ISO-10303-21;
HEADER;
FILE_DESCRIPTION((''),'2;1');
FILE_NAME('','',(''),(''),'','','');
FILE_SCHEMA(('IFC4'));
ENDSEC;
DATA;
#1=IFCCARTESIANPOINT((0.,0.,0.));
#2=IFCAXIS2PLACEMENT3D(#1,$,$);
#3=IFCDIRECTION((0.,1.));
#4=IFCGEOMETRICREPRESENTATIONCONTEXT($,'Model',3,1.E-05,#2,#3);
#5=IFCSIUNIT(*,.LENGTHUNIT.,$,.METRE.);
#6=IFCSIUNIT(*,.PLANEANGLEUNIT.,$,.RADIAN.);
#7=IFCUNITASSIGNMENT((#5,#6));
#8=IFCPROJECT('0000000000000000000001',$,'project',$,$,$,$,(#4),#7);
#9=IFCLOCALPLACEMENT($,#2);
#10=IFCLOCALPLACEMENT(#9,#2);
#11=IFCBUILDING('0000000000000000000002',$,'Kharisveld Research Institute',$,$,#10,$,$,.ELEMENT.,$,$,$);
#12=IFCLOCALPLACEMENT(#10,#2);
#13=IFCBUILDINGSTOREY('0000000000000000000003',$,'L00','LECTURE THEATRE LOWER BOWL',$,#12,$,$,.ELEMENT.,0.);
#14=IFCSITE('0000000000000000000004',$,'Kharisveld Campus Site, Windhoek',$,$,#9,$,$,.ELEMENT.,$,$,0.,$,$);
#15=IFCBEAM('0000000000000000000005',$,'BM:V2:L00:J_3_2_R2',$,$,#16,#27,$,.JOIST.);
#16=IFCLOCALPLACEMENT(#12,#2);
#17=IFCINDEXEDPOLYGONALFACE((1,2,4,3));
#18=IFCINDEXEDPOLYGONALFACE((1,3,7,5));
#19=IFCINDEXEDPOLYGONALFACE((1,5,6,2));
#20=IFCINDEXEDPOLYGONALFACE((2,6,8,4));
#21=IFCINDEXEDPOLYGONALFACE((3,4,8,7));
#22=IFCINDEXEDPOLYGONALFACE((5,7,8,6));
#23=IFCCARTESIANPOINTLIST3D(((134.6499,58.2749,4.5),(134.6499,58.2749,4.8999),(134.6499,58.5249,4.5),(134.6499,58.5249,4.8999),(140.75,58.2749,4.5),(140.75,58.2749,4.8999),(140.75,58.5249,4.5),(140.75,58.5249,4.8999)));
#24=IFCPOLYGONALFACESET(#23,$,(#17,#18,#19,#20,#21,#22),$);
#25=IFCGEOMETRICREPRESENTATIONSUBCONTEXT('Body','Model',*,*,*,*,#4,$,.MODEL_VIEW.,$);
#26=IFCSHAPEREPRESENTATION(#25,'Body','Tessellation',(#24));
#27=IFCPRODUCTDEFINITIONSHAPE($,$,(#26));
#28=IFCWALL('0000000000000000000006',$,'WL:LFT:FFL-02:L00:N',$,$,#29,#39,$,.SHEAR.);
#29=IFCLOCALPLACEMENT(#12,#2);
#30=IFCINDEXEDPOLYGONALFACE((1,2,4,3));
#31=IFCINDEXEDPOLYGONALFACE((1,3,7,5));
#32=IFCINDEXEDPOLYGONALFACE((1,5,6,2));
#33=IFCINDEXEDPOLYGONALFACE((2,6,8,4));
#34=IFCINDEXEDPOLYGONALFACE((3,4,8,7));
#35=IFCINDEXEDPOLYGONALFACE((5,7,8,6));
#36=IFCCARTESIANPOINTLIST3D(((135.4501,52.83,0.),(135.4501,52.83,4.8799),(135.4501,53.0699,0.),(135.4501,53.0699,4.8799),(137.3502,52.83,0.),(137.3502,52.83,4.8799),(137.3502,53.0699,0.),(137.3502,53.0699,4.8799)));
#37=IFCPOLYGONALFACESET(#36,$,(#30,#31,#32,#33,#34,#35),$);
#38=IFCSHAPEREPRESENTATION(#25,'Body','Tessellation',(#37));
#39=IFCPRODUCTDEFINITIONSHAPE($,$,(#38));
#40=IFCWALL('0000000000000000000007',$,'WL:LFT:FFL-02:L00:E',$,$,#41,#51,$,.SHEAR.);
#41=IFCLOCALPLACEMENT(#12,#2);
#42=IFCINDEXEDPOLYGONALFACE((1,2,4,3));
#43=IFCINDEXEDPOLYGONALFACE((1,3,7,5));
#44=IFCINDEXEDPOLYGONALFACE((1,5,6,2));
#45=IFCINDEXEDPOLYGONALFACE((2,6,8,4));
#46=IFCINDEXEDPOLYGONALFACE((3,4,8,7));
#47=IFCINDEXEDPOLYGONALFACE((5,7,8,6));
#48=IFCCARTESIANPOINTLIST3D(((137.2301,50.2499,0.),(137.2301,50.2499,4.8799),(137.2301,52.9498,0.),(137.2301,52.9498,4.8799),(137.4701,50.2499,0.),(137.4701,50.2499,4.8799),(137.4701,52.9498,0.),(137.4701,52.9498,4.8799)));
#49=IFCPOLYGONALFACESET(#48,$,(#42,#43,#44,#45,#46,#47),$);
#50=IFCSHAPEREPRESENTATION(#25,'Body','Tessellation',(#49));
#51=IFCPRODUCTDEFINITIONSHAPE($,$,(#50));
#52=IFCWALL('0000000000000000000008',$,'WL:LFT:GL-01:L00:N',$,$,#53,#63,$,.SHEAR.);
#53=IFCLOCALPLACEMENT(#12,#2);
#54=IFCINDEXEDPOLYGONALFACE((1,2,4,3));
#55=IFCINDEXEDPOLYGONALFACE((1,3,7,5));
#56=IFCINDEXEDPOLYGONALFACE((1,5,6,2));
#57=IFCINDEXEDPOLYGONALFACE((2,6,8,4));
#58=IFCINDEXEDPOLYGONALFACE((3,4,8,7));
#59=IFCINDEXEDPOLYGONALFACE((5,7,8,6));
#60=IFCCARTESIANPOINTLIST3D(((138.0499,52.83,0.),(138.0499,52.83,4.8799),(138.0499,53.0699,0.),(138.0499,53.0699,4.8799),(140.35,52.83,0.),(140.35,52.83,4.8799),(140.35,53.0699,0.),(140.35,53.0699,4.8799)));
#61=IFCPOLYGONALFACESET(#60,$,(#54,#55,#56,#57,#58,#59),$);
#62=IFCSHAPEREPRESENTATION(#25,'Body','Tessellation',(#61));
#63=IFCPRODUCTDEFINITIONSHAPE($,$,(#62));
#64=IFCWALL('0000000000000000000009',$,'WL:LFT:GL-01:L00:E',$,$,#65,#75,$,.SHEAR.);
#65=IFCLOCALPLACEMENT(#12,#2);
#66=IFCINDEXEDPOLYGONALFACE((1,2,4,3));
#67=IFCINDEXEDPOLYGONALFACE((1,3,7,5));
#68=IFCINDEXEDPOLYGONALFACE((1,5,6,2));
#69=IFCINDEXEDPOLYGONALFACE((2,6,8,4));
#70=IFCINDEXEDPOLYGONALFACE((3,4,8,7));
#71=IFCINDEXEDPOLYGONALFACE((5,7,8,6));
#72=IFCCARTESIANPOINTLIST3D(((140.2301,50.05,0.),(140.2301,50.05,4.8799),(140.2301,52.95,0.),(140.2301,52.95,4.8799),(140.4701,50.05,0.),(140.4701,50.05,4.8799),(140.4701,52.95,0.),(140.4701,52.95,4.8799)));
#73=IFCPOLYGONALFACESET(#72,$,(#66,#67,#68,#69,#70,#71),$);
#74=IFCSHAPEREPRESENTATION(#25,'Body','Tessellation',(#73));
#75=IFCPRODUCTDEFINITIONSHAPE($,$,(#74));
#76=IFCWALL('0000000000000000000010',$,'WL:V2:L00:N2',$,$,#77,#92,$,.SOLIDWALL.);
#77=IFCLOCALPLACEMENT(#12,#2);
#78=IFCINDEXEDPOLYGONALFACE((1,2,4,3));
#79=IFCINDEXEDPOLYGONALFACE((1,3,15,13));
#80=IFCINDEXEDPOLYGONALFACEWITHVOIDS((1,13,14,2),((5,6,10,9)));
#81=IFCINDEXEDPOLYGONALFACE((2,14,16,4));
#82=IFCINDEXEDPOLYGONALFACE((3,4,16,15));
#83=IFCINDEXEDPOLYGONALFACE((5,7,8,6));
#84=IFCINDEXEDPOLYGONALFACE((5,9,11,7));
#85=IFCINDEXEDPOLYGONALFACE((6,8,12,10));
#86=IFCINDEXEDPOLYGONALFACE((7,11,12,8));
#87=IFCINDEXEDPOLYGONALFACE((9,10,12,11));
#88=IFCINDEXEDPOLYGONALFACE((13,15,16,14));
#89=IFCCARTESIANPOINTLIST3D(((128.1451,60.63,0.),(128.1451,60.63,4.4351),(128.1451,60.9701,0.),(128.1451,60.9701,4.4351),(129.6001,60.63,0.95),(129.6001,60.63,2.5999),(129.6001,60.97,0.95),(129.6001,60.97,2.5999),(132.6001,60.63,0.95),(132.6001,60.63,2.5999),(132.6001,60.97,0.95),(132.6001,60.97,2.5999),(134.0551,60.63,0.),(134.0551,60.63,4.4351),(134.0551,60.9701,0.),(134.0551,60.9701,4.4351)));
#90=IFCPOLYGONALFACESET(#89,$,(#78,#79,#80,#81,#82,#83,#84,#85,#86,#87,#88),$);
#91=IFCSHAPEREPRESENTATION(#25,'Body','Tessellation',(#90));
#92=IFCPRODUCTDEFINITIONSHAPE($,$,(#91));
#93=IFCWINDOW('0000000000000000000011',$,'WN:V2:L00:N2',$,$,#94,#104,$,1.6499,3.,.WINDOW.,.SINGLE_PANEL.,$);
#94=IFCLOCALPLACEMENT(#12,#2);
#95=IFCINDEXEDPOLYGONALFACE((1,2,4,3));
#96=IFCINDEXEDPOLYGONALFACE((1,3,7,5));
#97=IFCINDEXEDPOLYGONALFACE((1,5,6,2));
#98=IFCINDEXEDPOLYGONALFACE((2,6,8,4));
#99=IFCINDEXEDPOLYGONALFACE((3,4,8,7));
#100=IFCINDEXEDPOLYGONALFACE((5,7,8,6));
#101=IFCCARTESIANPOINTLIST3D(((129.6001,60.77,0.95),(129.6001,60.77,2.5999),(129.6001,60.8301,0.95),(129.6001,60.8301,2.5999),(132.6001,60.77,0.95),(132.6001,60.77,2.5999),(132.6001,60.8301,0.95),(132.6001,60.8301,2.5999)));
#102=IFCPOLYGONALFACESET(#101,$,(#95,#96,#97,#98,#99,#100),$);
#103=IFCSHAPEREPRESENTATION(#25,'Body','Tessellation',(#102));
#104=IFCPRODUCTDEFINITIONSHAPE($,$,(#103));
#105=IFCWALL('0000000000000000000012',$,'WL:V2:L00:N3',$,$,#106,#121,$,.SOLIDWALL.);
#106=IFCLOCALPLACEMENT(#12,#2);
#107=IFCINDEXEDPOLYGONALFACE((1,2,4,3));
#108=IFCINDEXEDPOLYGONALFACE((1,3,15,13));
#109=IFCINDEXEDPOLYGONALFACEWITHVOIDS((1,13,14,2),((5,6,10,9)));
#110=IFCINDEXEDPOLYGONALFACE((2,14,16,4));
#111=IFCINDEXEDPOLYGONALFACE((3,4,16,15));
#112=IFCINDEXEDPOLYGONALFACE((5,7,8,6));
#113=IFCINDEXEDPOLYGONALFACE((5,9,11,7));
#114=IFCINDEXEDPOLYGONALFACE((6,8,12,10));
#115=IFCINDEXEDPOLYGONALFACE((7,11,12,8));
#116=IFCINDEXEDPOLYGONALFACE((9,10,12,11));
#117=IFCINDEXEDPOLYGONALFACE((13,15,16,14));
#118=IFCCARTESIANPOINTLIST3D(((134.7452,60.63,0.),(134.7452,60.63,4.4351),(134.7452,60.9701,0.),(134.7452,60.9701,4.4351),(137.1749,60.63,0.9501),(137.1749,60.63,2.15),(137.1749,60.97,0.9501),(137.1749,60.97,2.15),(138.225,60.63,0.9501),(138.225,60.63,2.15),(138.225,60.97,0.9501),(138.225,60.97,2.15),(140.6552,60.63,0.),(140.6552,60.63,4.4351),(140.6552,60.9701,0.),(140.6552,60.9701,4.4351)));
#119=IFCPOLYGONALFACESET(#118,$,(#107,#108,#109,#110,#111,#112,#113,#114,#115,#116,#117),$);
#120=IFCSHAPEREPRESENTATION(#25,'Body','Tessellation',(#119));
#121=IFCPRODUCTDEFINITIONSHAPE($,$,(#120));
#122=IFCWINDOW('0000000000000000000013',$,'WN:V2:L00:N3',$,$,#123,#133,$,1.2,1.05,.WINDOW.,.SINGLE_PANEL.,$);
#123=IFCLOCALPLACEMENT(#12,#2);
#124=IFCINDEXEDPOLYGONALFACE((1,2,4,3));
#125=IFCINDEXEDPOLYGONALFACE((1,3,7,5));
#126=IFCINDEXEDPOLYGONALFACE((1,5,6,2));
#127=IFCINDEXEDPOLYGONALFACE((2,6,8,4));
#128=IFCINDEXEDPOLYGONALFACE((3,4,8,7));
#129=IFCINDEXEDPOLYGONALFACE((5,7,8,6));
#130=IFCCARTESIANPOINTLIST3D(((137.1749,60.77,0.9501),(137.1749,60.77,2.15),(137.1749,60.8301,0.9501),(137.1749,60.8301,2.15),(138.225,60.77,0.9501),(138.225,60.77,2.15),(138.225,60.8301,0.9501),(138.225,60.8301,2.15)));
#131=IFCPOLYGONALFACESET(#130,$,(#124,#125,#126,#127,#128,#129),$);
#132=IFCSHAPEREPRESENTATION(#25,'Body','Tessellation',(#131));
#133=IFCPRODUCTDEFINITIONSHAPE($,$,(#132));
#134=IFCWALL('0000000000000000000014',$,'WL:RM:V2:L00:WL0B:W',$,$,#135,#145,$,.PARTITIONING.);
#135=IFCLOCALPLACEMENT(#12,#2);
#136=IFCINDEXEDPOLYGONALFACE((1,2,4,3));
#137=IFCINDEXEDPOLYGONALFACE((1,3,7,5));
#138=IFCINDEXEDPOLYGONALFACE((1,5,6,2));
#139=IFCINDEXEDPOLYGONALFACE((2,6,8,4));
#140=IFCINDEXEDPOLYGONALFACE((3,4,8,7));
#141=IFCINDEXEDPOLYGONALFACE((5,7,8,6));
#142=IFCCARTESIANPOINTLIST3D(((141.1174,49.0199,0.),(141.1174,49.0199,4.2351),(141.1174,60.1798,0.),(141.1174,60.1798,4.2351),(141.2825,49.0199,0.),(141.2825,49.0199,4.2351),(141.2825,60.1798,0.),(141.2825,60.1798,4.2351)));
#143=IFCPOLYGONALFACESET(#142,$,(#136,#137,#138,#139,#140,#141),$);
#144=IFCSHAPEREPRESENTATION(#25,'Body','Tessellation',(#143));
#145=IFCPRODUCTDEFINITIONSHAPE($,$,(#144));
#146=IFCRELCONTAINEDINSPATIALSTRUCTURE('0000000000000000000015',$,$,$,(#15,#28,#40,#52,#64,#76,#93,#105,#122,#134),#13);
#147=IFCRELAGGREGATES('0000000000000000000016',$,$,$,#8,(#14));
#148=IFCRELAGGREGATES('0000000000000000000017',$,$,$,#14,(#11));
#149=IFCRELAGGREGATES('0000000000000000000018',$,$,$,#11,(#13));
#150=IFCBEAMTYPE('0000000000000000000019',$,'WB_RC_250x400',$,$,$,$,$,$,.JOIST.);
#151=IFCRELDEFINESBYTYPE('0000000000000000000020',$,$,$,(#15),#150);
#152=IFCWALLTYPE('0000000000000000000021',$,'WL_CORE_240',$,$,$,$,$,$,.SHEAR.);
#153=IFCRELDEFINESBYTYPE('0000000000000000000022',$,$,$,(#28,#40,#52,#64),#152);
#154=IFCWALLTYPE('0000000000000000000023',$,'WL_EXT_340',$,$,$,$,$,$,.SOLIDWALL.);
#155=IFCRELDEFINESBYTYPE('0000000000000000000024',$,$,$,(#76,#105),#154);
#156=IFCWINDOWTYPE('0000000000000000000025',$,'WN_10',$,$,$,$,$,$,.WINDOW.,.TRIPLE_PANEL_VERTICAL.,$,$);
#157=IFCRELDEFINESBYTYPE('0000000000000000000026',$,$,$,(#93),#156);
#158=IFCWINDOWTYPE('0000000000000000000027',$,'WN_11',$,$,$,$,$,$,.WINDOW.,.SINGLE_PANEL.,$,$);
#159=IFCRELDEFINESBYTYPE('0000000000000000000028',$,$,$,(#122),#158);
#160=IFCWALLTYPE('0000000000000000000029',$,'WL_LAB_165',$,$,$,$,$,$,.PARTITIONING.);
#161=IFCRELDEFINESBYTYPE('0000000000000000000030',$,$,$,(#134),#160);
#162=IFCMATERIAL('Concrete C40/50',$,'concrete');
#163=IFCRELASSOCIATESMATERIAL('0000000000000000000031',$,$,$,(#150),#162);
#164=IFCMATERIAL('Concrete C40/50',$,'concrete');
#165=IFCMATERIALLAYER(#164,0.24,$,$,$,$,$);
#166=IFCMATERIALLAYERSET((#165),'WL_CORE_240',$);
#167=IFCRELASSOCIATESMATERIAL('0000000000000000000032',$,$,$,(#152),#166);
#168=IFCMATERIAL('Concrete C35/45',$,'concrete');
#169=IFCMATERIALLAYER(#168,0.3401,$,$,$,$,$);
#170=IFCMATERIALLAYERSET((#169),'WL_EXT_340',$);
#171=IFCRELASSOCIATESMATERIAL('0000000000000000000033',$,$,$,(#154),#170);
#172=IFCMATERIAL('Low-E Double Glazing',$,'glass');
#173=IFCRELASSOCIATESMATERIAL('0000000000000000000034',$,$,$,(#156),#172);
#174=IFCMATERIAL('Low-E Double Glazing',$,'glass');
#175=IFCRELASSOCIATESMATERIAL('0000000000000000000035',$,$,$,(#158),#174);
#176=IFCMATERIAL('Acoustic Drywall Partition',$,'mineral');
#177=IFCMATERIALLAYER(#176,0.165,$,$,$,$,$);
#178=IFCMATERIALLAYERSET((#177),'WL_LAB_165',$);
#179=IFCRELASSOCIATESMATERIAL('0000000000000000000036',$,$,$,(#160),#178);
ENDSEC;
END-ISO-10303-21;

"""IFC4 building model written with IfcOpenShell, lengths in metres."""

from ifc_helpers import new_model, si_unit, direction, frame, frame_2d, origin, origin_2d, place, context, subcontext, project, spatial, rectangle, extrude, material, layer, layer_set, material_profile, profile_set, type_object, element, fill, save


model = new_model("IFC4")

# Units and contexts
model_context = context("Model", 3, precision=1e-05, world=origin(), true_north=direction((0.0, 1.0)))
body_context = subcontext(model_context, "Body", "Model", "MODEL_VIEW")
ifc_project = project(units=[si_unit("LENGTHUNIT", "METRE"), si_unit("PLANEANGLEUNIT", "RADIAN")], contexts=[model_context])

# Site, building, storey
site_placement = place(None, origin())
site = spatial("IfcSite", under=ifc_project, at=site_placement, Name="Kharisveld Campus Site, Windhoek", CompositionType="ELEMENT", RefElevation=0.0)
building_placement = place(site_placement, origin())
building = spatial("IfcBuilding", under=site, at=building_placement, Name="Kharisveld Research Institute", CompositionType="ELEMENT")
storey_placement = place(building_placement, origin())
storey = spatial("IfcBuildingStorey", under=building, at=storey_placement, Name="L00", Description="LECTURE THEATRE LOWER BOWL", CompositionType="ELEMENT", Elevation=0.0)

# Beam
ifc_material_1 = material(Name="Concrete C40/50", Category="concrete")
ifc_material_profile_1 = material_profile(ifc_material_1, rectangle(XDim=0.25, YDim=0.3999, at=origin_2d()))
ifc_profile_set_1 = profile_set([ifc_material_profile_1], Name="Concrete C40/50")
beam_type_1 = type_object("IfcBeamType", Name="WB_RC_250x400", PredefinedType="JOIST", material=ifc_profile_set_1)
for number, where, z_axis, x_axis, name in (
    (1, (134.6499, 58.3999, 4.7), (1.0, 0.0, 0.0), (0.0, 1.0, 0.0), "BM:V2:L00:J_3_2_R2"),
):
    element("IfcBeam", number, at=place(storey_placement, frame(where, z_axis=z_axis, x_axis=x_axis)), inside=storey, type_object=beam_type_1, Name=name, PredefinedType="JOIST", context=body_context, shape_type="SweptSolid", body=[
        extrude(rectangle(XDim=0.25, YDim=0.3999, at=origin_2d()), origin(), (0.0, 0.0, 1.0), 6.1001),
    ])

# Walls
ifc_material_2 = material(Name="Concrete C40/50", Category="concrete")
ifc_layer_1 = layer(ifc_material_2, 0.24)
ifc_layer_set_1 = layer_set([ifc_layer_1], Name="WL_CORE_240")
wall_type_1 = type_object("IfcWallType", Name="WL_CORE_240", PredefinedType="SHEAR", material=ifc_layer_set_1)
wall_1_placement = place(storey_placement, frame((135.45, 52.95, 0.0), z_axis=(0.0, 0.0, 1.0), x_axis=(1.0, 0.0, 0.0)))
element("IfcWall", 2, at=wall_1_placement, inside=storey, type_object=wall_type_1, Name="WL:LFT:FFL-02:L00:N", PredefinedType="SHEAR", context=body_context, shape_type="SweptSolid", body=[
    extrude(rectangle(XDim=1.9001, YDim=0.24, at=frame_2d((0.9502, 0.0))), origin(), (0.0, 0.0, 1.0), 4.8799),
])
wall_2_placement = place(storey_placement, frame((137.3501, 52.95, 0.0), z_axis=(0.0, 0.0, 1.0), x_axis=(0.0, -1.0, 0.0)))
element("IfcWall", 3, at=wall_2_placement, inside=storey, type_object=wall_type_1, Name="WL:LFT:FFL-02:L00:E", PredefinedType="SHEAR", context=body_context, shape_type="SweptSolid", body=[
    extrude(rectangle(XDim=2.7, YDim=0.24, at=frame_2d((1.3501, 0.0))), origin(), (0.0, 0.0, 1.0), 4.8799),
])
wall_3_placement = place(storey_placement, frame((138.05, 52.95, 0.0), z_axis=(0.0, 0.0, 1.0), x_axis=(1.0, 0.0, 0.0)))
element("IfcWall", 4, at=wall_3_placement, inside=storey, type_object=wall_type_1, Name="WL:LFT:GL-01:L00:N", PredefinedType="SHEAR", context=body_context, shape_type="SweptSolid", body=[
    extrude(rectangle(XDim=2.3, YDim=0.24, at=frame_2d((1.1499, 0.0))), origin(), (0.0, 0.0, 1.0), 4.8799),
])
wall_4_placement = place(storey_placement, frame((140.3501, 52.95, 0.0), z_axis=(0.0, 0.0, 1.0), x_axis=(0.0, -1.0, 0.0)))
element("IfcWall", 5, at=wall_4_placement, inside=storey, type_object=wall_type_1, Name="WL:LFT:GL-01:L00:E", PredefinedType="SHEAR", context=body_context, shape_type="SweptSolid", body=[
    extrude(rectangle(XDim=2.8999, YDim=0.24, at=frame_2d((1.45, 0.0))), origin(), (0.0, 0.0, 1.0), 4.8799),
])

# Walls, openings, windows
ifc_material_3 = material(Name="Concrete C35/45", Category="concrete")
ifc_layer_2 = layer(ifc_material_3, 0.3401)
ifc_layer_set_2 = layer_set([ifc_layer_2], Name="WL_EXT_340")
wall_type_2 = type_object("IfcWallType", Name="WL_EXT_340", PredefinedType="SOLIDWALL", material=ifc_layer_set_2)
wall_5_placement = place(storey_placement, frame((128.145, 60.8, 0.0), z_axis=(0.0, 0.0, 1.0), x_axis=(1.0, 0.0, 0.0)))
wall_5 = element("IfcWall", 6, at=wall_5_placement, inside=storey, type_object=wall_type_2, Name="WL:V2:L00:N2", PredefinedType="SOLIDWALL", context=body_context, shape_type="SweptSolid", body=[
    extrude(rectangle(XDim=5.9099, YDim=0.3401, at=frame_2d((2.9551, 0.0))), origin(), (0.0, 0.0, 1.0), 4.4351),
])
opening_1_placement = place(wall_5_placement, frame((1.4551, 0.0, 0.95)))
opening_1 = element("IfcOpeningElement", 7, at=opening_1_placement, cuts=wall_5, PredefinedType="OPENING", context=body_context, shape_type="SweptSolid", body=[
    extrude(rectangle(XDim=3.0, YDim=1.6499, at=frame_2d((1.5, 0.825))), frame((0.0, 0.1699, 0.0), z_axis=(0.0, -1.0, 0.0), x_axis=(1.0, 0.0, 0.0)), (0.0, 0.0, 1.0), 0.3401),
])
ifc_material_4 = material(Name="Low-E Double Glazing", Category="glass")
window_type_1 = type_object("IfcWindowType", Name="WN_10", PartitioningType="TRIPLE_PANEL_VERTICAL", PredefinedType="WINDOW", material=ifc_material_4)
window_1_placement = place(opening_1_placement, origin())
window_1 = element("IfcWindow", 8, at=window_1_placement, inside=storey, type_object=window_type_1, Name="WN:V2:L00:N2", OverallHeight=1.6499, OverallWidth=3.0, PartitioningType="SINGLE_PANEL", PredefinedType="WINDOW", context=body_context, shape_type="SweptSolid", body=[
    extrude(rectangle(XDim=3.0, YDim=1.6499, at=frame_2d((1.5, 0.825))), frame((0.0, 0.03, 0.0), z_axis=(0.0, -1.0, 0.0), x_axis=(1.0, 0.0, 0.0)), (0.0, 0.0, 1.0), 0.0601),
])
fill(opening_1, window_1)
wall_6_placement = place(storey_placement, frame((134.7451, 60.8, 0.0), z_axis=(0.0, 0.0, 1.0), x_axis=(1.0, 0.0, 0.0)))
wall_6 = element("IfcWall", 9, at=wall_6_placement, inside=storey, type_object=wall_type_2, Name="WL:V2:L00:N3", PredefinedType="SOLIDWALL", context=body_context, shape_type="SweptSolid", body=[
    extrude(rectangle(XDim=5.9099, YDim=0.3401, at=frame_2d((2.9551, 0.0))), origin(), (0.0, 0.0, 1.0), 4.4351),
])
opening_2_placement = place(wall_6_placement, frame((2.4299, 0.0, 0.95)))
opening_2 = element("IfcOpeningElement", 10, at=opening_2_placement, cuts=wall_6, PredefinedType="OPENING", context=body_context, shape_type="SweptSolid", body=[
    extrude(rectangle(XDim=1.05, YDim=1.2, at=frame_2d((0.5249, 0.6001))), frame((0.0, 0.1699, 0.0), z_axis=(0.0, -1.0, 0.0), x_axis=(1.0, 0.0, 0.0)), (0.0, 0.0, 1.0), 0.3401),
])
ifc_material_5 = material(Name="Low-E Double Glazing", Category="glass")
window_type_2 = type_object("IfcWindowType", Name="WN_11", PartitioningType="SINGLE_PANEL", PredefinedType="WINDOW", material=ifc_material_5)
window_2_placement = place(opening_2_placement, origin())
window_2 = element("IfcWindow", 11, at=window_2_placement, inside=storey, type_object=window_type_2, Name="WN:V2:L00:N3", OverallHeight=1.2, OverallWidth=1.05, PartitioningType="SINGLE_PANEL", PredefinedType="WINDOW", context=body_context, shape_type="SweptSolid", body=[
    extrude(rectangle(XDim=1.05, YDim=1.2, at=frame_2d((0.5249, 0.6001))), frame((0.0, 0.03, 0.0), z_axis=(0.0, -1.0, 0.0), x_axis=(1.0, 0.0, 0.0)), (0.0, 0.0, 1.0), 0.0601),
])
fill(opening_2, window_2)

# Wall
ifc_material_6 = material(Name="Acoustic Drywall Partition", Category="mineral")
ifc_layer_3 = layer(ifc_material_6, 0.165)
ifc_layer_set_3 = layer_set([ifc_layer_3], Name="WL_LAB_165")
wall_type_3 = type_object("IfcWallType", Name="WL_LAB_165", PredefinedType="PARTITIONING", material=ifc_layer_set_3)
wall_7_placement = place(storey_placement, frame((141.2, 60.1799, 0.0), z_axis=(0.0, 0.0, 1.0), x_axis=(0.0, -1.0, 0.0)))
element("IfcWall", 12, at=wall_7_placement, inside=storey, type_object=wall_type_3, Name="WL:RM:V2:L00:WL0B:W", PredefinedType="PARTITIONING", context=body_context, shape_type="SweptSolid", body=[
    extrude(rectangle(XDim=11.1599, YDim=0.165, at=frame_2d((5.5801, 0.0))), origin(), (0.0, 0.0, 1.0), 4.2351),
])

save(model, "model.ifc")
